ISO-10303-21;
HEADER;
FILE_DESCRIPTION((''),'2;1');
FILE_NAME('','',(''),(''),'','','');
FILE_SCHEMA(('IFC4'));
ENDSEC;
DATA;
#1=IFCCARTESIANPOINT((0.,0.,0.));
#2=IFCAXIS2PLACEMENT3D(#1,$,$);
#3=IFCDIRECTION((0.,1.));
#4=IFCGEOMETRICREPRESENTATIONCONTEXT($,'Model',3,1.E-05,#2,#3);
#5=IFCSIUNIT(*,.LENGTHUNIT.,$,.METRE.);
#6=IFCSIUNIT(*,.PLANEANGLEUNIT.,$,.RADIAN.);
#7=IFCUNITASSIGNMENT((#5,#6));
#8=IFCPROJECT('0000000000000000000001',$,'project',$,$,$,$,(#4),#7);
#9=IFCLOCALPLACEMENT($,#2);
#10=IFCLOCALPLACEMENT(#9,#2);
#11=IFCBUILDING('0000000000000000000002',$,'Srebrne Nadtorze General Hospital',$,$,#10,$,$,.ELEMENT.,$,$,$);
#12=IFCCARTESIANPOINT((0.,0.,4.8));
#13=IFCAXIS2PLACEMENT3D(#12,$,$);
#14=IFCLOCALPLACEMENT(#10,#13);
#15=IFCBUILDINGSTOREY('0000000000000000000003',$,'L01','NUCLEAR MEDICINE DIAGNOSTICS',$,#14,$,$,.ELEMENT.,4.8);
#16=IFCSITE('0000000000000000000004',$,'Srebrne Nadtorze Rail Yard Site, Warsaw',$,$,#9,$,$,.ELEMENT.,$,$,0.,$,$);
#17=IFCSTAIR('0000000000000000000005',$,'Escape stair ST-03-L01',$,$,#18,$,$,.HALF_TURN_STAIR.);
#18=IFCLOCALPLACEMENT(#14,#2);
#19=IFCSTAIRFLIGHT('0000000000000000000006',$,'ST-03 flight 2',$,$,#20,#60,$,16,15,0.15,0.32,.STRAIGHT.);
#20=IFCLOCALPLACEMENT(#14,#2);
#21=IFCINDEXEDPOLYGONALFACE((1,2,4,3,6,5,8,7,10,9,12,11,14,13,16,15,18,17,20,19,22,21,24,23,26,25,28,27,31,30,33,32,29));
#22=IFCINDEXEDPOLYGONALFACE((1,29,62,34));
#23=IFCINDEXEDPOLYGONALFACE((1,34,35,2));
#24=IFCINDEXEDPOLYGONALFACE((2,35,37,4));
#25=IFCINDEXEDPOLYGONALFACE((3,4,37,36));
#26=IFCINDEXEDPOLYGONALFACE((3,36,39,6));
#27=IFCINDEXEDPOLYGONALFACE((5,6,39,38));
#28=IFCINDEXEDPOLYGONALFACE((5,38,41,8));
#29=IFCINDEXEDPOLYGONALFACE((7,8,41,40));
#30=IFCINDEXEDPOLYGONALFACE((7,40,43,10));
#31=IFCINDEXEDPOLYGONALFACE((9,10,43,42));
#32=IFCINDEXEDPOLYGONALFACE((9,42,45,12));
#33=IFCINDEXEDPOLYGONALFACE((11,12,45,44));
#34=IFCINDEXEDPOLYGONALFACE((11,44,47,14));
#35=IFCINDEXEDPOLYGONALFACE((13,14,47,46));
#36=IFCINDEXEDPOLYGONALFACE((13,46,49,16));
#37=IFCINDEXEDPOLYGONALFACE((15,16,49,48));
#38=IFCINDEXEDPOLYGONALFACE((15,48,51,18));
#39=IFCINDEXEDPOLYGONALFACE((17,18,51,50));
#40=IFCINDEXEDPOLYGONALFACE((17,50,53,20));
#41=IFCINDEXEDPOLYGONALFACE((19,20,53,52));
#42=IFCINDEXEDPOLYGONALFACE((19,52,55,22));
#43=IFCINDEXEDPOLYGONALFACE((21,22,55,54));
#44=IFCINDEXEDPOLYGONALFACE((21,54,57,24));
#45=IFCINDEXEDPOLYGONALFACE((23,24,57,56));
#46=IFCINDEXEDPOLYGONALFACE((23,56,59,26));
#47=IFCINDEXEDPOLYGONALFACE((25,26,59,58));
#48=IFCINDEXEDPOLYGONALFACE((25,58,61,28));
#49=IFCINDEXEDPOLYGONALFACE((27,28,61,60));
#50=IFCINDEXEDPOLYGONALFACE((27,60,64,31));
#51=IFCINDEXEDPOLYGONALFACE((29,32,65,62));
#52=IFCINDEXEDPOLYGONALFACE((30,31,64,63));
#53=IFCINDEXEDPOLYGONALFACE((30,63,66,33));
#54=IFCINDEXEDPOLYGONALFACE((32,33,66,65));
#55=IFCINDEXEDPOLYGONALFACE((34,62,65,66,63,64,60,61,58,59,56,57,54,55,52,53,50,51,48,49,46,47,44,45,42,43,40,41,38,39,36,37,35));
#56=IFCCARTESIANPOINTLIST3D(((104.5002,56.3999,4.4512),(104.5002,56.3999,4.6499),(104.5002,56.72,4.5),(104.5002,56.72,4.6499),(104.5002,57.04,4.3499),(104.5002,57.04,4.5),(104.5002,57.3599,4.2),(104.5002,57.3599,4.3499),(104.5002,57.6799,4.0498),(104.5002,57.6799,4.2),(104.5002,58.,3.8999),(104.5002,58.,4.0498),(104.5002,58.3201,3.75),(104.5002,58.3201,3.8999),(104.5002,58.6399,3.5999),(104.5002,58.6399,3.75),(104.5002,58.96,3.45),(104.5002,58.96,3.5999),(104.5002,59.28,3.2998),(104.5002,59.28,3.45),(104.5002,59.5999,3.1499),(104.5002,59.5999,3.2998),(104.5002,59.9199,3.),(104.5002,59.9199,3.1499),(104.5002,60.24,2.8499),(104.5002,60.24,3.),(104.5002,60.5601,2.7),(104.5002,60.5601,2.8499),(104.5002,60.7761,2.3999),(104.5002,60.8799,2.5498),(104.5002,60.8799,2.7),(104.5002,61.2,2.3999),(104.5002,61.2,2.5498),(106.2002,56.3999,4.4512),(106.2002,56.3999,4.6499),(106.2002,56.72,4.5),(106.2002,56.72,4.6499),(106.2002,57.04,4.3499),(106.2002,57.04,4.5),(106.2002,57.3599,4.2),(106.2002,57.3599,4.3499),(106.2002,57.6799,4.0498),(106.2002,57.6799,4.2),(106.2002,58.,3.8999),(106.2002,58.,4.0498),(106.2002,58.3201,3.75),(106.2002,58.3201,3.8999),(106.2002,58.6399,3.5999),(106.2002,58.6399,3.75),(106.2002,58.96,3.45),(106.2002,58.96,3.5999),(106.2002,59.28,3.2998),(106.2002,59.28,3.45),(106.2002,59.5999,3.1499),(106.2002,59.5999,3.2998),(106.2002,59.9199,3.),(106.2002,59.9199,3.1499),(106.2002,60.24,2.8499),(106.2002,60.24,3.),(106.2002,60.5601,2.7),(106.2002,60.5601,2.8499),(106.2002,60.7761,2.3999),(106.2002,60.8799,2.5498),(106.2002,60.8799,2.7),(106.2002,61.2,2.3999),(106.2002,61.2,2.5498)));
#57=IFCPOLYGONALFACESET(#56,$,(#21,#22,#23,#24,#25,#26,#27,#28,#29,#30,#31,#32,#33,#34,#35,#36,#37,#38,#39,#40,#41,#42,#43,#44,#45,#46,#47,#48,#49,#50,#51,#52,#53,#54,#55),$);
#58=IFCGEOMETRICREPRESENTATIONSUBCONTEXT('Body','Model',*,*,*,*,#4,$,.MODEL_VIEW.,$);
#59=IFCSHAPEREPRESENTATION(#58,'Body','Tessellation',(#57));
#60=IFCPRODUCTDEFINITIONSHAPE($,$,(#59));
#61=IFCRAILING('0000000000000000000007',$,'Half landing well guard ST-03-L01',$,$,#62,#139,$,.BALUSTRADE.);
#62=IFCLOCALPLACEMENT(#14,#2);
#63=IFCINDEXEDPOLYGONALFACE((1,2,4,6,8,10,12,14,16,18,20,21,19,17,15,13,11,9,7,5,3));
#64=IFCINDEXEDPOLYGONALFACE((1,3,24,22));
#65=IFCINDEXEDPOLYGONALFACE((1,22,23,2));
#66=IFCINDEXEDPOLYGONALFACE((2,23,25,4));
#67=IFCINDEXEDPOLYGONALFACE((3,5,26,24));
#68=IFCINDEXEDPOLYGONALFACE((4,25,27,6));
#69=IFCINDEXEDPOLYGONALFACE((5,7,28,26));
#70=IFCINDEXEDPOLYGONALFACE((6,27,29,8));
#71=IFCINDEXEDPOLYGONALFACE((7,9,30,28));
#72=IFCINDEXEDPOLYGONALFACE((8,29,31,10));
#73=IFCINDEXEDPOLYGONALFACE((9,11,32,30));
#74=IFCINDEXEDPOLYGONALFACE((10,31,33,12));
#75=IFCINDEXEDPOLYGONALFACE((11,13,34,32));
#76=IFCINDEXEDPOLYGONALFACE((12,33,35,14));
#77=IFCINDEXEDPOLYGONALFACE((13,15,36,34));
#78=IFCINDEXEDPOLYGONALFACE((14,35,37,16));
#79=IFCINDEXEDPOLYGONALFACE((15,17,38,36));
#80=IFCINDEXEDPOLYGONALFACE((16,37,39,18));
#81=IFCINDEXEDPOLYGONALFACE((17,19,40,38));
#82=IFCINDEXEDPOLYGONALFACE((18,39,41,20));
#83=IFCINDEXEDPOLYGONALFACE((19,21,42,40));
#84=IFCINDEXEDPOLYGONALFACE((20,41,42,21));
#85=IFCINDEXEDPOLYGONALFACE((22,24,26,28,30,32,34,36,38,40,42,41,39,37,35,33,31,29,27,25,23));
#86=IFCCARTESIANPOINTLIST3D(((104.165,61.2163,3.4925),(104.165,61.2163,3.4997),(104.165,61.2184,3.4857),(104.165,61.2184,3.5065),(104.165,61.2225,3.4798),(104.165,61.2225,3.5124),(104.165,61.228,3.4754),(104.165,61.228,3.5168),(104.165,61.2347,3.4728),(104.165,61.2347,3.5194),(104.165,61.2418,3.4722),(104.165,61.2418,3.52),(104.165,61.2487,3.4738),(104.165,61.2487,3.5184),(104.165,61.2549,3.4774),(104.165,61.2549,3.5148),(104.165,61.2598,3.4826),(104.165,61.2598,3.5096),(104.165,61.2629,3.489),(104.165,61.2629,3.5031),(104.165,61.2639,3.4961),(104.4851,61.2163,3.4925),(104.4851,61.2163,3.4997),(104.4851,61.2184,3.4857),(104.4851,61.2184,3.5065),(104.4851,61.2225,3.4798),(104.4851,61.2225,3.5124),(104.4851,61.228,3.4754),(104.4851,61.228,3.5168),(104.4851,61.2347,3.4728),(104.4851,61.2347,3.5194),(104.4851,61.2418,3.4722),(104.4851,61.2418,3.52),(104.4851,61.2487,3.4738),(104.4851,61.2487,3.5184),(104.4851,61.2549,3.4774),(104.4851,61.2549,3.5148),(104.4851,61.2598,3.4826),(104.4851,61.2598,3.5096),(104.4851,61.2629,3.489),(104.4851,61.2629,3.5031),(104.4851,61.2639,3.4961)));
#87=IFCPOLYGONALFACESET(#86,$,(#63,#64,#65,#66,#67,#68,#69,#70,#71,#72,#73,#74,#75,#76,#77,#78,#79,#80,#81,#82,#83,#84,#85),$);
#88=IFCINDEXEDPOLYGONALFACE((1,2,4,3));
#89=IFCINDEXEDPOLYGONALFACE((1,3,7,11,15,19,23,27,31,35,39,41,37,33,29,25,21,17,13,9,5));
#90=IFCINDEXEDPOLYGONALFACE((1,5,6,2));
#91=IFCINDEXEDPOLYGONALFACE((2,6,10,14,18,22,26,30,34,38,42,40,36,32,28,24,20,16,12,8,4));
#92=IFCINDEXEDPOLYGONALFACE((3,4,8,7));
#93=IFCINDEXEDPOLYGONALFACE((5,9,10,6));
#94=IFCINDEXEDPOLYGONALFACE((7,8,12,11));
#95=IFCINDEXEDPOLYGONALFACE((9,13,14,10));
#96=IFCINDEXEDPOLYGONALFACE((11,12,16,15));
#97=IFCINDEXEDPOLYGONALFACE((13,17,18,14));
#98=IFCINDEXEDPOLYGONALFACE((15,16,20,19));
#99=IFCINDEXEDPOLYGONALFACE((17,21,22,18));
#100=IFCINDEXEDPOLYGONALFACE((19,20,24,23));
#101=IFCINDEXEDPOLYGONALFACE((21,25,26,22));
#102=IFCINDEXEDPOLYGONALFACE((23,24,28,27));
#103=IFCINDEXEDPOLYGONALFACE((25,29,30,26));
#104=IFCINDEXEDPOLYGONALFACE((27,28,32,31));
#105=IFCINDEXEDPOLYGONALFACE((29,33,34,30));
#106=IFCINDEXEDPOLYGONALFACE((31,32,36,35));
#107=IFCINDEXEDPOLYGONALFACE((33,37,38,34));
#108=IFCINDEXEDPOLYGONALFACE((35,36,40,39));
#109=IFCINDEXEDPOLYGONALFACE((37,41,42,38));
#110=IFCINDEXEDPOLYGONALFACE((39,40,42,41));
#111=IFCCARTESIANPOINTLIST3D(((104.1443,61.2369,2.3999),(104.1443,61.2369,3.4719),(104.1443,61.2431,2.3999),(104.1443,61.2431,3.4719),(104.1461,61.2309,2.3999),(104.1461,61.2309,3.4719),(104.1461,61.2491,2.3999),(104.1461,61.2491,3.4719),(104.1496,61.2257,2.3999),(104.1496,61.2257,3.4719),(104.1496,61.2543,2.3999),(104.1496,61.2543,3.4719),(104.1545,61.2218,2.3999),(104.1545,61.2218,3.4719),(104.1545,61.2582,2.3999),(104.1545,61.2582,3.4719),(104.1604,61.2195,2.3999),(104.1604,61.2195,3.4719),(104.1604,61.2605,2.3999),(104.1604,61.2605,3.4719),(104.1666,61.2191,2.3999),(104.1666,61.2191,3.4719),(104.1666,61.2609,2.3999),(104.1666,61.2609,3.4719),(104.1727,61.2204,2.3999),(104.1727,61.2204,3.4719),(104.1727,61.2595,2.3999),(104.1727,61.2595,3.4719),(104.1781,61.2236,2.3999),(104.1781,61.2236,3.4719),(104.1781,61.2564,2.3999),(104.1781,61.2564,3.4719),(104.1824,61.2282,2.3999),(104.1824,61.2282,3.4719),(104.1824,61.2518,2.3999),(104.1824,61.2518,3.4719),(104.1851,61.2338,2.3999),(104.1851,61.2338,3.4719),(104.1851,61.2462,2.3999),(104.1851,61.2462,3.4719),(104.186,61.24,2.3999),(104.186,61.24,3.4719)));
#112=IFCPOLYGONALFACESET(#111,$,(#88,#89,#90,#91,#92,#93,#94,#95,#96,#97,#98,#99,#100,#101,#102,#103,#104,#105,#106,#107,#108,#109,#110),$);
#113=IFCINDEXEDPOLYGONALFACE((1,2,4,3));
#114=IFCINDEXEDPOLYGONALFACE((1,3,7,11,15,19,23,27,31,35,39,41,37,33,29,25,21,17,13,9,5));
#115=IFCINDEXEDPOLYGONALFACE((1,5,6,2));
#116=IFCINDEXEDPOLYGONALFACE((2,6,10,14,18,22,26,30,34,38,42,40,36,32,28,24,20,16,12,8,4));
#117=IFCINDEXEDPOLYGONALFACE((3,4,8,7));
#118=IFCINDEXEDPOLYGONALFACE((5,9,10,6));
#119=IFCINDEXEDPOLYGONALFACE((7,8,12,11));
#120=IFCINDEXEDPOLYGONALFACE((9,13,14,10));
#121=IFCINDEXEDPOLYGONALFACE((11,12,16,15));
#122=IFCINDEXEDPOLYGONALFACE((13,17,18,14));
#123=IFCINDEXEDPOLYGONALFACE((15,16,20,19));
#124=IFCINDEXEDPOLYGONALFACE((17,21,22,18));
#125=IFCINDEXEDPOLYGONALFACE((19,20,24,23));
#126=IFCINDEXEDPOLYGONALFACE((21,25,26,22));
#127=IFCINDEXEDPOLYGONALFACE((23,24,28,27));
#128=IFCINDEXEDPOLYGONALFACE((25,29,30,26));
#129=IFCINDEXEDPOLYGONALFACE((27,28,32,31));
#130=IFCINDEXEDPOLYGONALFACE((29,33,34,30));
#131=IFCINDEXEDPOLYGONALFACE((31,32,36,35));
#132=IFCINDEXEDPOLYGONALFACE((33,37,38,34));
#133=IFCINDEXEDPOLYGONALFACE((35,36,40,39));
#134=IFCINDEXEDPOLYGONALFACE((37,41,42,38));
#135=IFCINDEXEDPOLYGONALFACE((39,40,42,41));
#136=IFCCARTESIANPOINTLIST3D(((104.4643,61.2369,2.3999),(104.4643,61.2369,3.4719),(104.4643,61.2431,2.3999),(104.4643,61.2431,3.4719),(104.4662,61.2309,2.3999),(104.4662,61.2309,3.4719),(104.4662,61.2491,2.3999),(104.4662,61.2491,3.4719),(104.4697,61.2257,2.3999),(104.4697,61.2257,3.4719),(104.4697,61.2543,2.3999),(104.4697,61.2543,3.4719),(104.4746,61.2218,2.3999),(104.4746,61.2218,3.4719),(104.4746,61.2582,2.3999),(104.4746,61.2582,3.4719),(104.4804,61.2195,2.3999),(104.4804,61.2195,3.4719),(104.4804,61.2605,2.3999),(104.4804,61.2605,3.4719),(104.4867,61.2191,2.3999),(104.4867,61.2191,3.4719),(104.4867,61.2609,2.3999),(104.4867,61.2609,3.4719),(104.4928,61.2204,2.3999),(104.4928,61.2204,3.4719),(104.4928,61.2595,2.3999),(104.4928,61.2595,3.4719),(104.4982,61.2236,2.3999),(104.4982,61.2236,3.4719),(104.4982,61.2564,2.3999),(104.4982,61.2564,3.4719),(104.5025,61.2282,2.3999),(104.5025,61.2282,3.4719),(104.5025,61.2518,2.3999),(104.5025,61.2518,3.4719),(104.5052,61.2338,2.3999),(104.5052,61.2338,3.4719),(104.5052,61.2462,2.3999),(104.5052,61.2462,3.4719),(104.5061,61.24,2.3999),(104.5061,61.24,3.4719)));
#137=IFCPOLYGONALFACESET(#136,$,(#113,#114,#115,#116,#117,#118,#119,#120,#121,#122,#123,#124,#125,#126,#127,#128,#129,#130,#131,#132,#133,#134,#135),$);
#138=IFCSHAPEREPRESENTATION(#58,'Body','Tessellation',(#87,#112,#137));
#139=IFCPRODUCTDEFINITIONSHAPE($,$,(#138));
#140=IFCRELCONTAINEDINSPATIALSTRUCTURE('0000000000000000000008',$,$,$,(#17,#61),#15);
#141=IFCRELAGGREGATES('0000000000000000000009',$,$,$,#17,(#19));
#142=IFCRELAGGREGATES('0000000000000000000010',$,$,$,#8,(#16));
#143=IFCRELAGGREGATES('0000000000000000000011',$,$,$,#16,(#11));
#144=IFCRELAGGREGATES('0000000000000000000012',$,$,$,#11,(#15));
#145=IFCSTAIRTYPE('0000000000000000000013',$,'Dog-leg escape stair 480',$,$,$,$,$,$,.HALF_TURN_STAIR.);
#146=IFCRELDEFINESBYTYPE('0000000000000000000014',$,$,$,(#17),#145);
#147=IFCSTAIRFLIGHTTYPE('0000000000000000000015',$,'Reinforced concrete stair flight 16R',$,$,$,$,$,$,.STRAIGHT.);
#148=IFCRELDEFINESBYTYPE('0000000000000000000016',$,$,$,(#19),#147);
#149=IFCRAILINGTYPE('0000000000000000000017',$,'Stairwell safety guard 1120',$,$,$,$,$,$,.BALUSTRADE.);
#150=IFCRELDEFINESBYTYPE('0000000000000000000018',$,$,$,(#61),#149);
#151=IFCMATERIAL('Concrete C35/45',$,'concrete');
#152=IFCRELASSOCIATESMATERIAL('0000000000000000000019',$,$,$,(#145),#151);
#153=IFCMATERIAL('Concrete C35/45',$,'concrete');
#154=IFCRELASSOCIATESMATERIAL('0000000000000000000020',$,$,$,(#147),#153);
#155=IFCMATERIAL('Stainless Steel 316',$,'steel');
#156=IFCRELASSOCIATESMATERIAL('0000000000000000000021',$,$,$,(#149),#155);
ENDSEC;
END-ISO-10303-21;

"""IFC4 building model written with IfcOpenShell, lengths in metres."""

from ifc_helpers import new_model, si_unit, direction, frame, origin, origin_2d, place, context, subcontext, project, spatial, polyline, circle, outline, extrude, material, type_object, element, aggregate, save


model = new_model("IFC4")

# Units and contexts
model_context = context("Model", 3, precision=1e-05, world=origin(), true_north=direction((0.0, 1.0)))
body_context = subcontext(model_context, "Body", "Model", "MODEL_VIEW")
ifc_project = project(units=[si_unit("LENGTHUNIT", "METRE"), si_unit("PLANEANGLEUNIT", "RADIAN")], contexts=[model_context])

# Site, building, storey
site_placement = place(None, origin())
site = spatial("IfcSite", under=ifc_project, at=site_placement, Name="Srebrne Nadtorze Rail Yard Site, Warsaw", CompositionType="ELEMENT", RefElevation=0.0)
building_placement = place(site_placement, origin())
building = spatial("IfcBuilding", under=site, at=building_placement, Name="Srebrne Nadtorze General Hospital", CompositionType="ELEMENT")
storey_placement = place(building_placement, frame((0.0, 0.0, 4.8)))
storey = spatial("IfcBuildingStorey", under=building, at=storey_placement, Name="L01", Description="NUCLEAR MEDICINE DIAGNOSTICS", CompositionType="ELEMENT", Elevation=4.8)

# Stair, stair flight
ifc_material_1 = material(Name="Concrete C35/45", Category="concrete")
stair_type = type_object("IfcStairType", Name="Dog-leg escape stair 480", PredefinedType="HALF_TURN_STAIR", material=ifc_material_1)
stair_placement = place(storey_placement, origin())
stair = element("IfcStair", 1, at=stair_placement, inside=storey, type_object=stair_type, Name="Escape stair ST-03-L01", PredefinedType="HALF_TURN_STAIR")
ifc_material_2 = material(Name="Concrete C35/45", Category="concrete")
stair_flight_type = type_object("IfcStairFlightType", Name="Reinforced concrete stair flight 16R", PredefinedType="STRAIGHT", material=ifc_material_2)
stair_flight_1_placement = place(storey_placement, frame((105.3501, 61.2, 2.3999), z_axis=(0.0, 0.0, 1.0), x_axis=(0.0, -1.0, 0.0)))
stair_flight_1 = element("IfcStairFlight", 2, at=stair_flight_1_placement, type_object=stair_flight_type, Name="ST-03 flight 2", NumberOfRisers=16, NumberOfTreads=15, PredefinedType="STRAIGHT", RiserHeight=0.15, TreadLength=0.32, context=body_context, shape_type="SweptSolid", body=[
    extrude(outline(polyline([(0.0, 0.0), (0.0, 0.1499), (0.3201, 0.1499), (0.3201, 0.3), (0.6399, 0.3), (0.6399, 0.45), (0.96, 0.45), (0.96, 0.6001), (1.28, 0.6001), (1.28, 0.75), (1.6001, 0.75), (1.6001, 0.8999), (1.9199, 0.8999), (1.9199, 1.05), (2.24, 1.05), (2.24, 1.2), (2.5601, 1.2), (2.5601, 1.3501), (2.8799, 1.3501), (2.8799, 1.5), (3.2, 1.5), (3.2, 1.6499), (3.52, 1.6499), (3.52, 1.8), (3.8401, 1.8), (3.8401, 1.95), (4.1599, 1.95), (4.1599, 2.1001), (4.48, 2.1001), (4.48, 2.25), (4.8, 2.25), (4.8, 2.3999), (4.8, 2.0513), (0.4238, 0.0), (0.0, 0.0)])), frame((0.0, 0.8501, 0.0), z_axis=(0.0, -1.0, 0.0), x_axis=(1.0, 0.0, 0.0)), (0.0, 0.0, 1.0), 1.7),
])
aggregate(stair, [stair_flight_1])

# Railing
ifc_material_3 = material(Name="Stainless Steel 316", Category="steel")
railing_type_1 = type_object("IfcRailingType", Name="Stairwell safety guard 1120", PredefinedType="BALUSTRADE", material=ifc_material_3)
railing_1_placement = place(storey_placement, frame((104.165, 61.24, 2.3999)))
element("IfcRailing", 3, at=railing_1_placement, inside=storey, type_object=railing_type_1, Name="Half landing well guard ST-03-L01", PredefinedType="BALUSTRADE", context=body_context, shape_type="SweptSolid", body=[
    extrude(circle(Radius=0.0239, at=origin_2d()), frame((0.0, 0.0, 1.0962), z_axis=(1.0, 0.0, 0.0), x_axis=(0.0, 1.0, 0.0)), (0.0, 0.0, 1.0), 0.3201),
    extrude(circle(Radius=0.021, at=origin_2d()), origin(), (0.0, 0.0, 1.0), 1.072),
    extrude(circle(Radius=0.021, at=origin_2d()), frame((0.3201, 0.0, 0.0)), (0.0, 0.0, 1.0), 1.072),
])

save(model, "model.ifc")
